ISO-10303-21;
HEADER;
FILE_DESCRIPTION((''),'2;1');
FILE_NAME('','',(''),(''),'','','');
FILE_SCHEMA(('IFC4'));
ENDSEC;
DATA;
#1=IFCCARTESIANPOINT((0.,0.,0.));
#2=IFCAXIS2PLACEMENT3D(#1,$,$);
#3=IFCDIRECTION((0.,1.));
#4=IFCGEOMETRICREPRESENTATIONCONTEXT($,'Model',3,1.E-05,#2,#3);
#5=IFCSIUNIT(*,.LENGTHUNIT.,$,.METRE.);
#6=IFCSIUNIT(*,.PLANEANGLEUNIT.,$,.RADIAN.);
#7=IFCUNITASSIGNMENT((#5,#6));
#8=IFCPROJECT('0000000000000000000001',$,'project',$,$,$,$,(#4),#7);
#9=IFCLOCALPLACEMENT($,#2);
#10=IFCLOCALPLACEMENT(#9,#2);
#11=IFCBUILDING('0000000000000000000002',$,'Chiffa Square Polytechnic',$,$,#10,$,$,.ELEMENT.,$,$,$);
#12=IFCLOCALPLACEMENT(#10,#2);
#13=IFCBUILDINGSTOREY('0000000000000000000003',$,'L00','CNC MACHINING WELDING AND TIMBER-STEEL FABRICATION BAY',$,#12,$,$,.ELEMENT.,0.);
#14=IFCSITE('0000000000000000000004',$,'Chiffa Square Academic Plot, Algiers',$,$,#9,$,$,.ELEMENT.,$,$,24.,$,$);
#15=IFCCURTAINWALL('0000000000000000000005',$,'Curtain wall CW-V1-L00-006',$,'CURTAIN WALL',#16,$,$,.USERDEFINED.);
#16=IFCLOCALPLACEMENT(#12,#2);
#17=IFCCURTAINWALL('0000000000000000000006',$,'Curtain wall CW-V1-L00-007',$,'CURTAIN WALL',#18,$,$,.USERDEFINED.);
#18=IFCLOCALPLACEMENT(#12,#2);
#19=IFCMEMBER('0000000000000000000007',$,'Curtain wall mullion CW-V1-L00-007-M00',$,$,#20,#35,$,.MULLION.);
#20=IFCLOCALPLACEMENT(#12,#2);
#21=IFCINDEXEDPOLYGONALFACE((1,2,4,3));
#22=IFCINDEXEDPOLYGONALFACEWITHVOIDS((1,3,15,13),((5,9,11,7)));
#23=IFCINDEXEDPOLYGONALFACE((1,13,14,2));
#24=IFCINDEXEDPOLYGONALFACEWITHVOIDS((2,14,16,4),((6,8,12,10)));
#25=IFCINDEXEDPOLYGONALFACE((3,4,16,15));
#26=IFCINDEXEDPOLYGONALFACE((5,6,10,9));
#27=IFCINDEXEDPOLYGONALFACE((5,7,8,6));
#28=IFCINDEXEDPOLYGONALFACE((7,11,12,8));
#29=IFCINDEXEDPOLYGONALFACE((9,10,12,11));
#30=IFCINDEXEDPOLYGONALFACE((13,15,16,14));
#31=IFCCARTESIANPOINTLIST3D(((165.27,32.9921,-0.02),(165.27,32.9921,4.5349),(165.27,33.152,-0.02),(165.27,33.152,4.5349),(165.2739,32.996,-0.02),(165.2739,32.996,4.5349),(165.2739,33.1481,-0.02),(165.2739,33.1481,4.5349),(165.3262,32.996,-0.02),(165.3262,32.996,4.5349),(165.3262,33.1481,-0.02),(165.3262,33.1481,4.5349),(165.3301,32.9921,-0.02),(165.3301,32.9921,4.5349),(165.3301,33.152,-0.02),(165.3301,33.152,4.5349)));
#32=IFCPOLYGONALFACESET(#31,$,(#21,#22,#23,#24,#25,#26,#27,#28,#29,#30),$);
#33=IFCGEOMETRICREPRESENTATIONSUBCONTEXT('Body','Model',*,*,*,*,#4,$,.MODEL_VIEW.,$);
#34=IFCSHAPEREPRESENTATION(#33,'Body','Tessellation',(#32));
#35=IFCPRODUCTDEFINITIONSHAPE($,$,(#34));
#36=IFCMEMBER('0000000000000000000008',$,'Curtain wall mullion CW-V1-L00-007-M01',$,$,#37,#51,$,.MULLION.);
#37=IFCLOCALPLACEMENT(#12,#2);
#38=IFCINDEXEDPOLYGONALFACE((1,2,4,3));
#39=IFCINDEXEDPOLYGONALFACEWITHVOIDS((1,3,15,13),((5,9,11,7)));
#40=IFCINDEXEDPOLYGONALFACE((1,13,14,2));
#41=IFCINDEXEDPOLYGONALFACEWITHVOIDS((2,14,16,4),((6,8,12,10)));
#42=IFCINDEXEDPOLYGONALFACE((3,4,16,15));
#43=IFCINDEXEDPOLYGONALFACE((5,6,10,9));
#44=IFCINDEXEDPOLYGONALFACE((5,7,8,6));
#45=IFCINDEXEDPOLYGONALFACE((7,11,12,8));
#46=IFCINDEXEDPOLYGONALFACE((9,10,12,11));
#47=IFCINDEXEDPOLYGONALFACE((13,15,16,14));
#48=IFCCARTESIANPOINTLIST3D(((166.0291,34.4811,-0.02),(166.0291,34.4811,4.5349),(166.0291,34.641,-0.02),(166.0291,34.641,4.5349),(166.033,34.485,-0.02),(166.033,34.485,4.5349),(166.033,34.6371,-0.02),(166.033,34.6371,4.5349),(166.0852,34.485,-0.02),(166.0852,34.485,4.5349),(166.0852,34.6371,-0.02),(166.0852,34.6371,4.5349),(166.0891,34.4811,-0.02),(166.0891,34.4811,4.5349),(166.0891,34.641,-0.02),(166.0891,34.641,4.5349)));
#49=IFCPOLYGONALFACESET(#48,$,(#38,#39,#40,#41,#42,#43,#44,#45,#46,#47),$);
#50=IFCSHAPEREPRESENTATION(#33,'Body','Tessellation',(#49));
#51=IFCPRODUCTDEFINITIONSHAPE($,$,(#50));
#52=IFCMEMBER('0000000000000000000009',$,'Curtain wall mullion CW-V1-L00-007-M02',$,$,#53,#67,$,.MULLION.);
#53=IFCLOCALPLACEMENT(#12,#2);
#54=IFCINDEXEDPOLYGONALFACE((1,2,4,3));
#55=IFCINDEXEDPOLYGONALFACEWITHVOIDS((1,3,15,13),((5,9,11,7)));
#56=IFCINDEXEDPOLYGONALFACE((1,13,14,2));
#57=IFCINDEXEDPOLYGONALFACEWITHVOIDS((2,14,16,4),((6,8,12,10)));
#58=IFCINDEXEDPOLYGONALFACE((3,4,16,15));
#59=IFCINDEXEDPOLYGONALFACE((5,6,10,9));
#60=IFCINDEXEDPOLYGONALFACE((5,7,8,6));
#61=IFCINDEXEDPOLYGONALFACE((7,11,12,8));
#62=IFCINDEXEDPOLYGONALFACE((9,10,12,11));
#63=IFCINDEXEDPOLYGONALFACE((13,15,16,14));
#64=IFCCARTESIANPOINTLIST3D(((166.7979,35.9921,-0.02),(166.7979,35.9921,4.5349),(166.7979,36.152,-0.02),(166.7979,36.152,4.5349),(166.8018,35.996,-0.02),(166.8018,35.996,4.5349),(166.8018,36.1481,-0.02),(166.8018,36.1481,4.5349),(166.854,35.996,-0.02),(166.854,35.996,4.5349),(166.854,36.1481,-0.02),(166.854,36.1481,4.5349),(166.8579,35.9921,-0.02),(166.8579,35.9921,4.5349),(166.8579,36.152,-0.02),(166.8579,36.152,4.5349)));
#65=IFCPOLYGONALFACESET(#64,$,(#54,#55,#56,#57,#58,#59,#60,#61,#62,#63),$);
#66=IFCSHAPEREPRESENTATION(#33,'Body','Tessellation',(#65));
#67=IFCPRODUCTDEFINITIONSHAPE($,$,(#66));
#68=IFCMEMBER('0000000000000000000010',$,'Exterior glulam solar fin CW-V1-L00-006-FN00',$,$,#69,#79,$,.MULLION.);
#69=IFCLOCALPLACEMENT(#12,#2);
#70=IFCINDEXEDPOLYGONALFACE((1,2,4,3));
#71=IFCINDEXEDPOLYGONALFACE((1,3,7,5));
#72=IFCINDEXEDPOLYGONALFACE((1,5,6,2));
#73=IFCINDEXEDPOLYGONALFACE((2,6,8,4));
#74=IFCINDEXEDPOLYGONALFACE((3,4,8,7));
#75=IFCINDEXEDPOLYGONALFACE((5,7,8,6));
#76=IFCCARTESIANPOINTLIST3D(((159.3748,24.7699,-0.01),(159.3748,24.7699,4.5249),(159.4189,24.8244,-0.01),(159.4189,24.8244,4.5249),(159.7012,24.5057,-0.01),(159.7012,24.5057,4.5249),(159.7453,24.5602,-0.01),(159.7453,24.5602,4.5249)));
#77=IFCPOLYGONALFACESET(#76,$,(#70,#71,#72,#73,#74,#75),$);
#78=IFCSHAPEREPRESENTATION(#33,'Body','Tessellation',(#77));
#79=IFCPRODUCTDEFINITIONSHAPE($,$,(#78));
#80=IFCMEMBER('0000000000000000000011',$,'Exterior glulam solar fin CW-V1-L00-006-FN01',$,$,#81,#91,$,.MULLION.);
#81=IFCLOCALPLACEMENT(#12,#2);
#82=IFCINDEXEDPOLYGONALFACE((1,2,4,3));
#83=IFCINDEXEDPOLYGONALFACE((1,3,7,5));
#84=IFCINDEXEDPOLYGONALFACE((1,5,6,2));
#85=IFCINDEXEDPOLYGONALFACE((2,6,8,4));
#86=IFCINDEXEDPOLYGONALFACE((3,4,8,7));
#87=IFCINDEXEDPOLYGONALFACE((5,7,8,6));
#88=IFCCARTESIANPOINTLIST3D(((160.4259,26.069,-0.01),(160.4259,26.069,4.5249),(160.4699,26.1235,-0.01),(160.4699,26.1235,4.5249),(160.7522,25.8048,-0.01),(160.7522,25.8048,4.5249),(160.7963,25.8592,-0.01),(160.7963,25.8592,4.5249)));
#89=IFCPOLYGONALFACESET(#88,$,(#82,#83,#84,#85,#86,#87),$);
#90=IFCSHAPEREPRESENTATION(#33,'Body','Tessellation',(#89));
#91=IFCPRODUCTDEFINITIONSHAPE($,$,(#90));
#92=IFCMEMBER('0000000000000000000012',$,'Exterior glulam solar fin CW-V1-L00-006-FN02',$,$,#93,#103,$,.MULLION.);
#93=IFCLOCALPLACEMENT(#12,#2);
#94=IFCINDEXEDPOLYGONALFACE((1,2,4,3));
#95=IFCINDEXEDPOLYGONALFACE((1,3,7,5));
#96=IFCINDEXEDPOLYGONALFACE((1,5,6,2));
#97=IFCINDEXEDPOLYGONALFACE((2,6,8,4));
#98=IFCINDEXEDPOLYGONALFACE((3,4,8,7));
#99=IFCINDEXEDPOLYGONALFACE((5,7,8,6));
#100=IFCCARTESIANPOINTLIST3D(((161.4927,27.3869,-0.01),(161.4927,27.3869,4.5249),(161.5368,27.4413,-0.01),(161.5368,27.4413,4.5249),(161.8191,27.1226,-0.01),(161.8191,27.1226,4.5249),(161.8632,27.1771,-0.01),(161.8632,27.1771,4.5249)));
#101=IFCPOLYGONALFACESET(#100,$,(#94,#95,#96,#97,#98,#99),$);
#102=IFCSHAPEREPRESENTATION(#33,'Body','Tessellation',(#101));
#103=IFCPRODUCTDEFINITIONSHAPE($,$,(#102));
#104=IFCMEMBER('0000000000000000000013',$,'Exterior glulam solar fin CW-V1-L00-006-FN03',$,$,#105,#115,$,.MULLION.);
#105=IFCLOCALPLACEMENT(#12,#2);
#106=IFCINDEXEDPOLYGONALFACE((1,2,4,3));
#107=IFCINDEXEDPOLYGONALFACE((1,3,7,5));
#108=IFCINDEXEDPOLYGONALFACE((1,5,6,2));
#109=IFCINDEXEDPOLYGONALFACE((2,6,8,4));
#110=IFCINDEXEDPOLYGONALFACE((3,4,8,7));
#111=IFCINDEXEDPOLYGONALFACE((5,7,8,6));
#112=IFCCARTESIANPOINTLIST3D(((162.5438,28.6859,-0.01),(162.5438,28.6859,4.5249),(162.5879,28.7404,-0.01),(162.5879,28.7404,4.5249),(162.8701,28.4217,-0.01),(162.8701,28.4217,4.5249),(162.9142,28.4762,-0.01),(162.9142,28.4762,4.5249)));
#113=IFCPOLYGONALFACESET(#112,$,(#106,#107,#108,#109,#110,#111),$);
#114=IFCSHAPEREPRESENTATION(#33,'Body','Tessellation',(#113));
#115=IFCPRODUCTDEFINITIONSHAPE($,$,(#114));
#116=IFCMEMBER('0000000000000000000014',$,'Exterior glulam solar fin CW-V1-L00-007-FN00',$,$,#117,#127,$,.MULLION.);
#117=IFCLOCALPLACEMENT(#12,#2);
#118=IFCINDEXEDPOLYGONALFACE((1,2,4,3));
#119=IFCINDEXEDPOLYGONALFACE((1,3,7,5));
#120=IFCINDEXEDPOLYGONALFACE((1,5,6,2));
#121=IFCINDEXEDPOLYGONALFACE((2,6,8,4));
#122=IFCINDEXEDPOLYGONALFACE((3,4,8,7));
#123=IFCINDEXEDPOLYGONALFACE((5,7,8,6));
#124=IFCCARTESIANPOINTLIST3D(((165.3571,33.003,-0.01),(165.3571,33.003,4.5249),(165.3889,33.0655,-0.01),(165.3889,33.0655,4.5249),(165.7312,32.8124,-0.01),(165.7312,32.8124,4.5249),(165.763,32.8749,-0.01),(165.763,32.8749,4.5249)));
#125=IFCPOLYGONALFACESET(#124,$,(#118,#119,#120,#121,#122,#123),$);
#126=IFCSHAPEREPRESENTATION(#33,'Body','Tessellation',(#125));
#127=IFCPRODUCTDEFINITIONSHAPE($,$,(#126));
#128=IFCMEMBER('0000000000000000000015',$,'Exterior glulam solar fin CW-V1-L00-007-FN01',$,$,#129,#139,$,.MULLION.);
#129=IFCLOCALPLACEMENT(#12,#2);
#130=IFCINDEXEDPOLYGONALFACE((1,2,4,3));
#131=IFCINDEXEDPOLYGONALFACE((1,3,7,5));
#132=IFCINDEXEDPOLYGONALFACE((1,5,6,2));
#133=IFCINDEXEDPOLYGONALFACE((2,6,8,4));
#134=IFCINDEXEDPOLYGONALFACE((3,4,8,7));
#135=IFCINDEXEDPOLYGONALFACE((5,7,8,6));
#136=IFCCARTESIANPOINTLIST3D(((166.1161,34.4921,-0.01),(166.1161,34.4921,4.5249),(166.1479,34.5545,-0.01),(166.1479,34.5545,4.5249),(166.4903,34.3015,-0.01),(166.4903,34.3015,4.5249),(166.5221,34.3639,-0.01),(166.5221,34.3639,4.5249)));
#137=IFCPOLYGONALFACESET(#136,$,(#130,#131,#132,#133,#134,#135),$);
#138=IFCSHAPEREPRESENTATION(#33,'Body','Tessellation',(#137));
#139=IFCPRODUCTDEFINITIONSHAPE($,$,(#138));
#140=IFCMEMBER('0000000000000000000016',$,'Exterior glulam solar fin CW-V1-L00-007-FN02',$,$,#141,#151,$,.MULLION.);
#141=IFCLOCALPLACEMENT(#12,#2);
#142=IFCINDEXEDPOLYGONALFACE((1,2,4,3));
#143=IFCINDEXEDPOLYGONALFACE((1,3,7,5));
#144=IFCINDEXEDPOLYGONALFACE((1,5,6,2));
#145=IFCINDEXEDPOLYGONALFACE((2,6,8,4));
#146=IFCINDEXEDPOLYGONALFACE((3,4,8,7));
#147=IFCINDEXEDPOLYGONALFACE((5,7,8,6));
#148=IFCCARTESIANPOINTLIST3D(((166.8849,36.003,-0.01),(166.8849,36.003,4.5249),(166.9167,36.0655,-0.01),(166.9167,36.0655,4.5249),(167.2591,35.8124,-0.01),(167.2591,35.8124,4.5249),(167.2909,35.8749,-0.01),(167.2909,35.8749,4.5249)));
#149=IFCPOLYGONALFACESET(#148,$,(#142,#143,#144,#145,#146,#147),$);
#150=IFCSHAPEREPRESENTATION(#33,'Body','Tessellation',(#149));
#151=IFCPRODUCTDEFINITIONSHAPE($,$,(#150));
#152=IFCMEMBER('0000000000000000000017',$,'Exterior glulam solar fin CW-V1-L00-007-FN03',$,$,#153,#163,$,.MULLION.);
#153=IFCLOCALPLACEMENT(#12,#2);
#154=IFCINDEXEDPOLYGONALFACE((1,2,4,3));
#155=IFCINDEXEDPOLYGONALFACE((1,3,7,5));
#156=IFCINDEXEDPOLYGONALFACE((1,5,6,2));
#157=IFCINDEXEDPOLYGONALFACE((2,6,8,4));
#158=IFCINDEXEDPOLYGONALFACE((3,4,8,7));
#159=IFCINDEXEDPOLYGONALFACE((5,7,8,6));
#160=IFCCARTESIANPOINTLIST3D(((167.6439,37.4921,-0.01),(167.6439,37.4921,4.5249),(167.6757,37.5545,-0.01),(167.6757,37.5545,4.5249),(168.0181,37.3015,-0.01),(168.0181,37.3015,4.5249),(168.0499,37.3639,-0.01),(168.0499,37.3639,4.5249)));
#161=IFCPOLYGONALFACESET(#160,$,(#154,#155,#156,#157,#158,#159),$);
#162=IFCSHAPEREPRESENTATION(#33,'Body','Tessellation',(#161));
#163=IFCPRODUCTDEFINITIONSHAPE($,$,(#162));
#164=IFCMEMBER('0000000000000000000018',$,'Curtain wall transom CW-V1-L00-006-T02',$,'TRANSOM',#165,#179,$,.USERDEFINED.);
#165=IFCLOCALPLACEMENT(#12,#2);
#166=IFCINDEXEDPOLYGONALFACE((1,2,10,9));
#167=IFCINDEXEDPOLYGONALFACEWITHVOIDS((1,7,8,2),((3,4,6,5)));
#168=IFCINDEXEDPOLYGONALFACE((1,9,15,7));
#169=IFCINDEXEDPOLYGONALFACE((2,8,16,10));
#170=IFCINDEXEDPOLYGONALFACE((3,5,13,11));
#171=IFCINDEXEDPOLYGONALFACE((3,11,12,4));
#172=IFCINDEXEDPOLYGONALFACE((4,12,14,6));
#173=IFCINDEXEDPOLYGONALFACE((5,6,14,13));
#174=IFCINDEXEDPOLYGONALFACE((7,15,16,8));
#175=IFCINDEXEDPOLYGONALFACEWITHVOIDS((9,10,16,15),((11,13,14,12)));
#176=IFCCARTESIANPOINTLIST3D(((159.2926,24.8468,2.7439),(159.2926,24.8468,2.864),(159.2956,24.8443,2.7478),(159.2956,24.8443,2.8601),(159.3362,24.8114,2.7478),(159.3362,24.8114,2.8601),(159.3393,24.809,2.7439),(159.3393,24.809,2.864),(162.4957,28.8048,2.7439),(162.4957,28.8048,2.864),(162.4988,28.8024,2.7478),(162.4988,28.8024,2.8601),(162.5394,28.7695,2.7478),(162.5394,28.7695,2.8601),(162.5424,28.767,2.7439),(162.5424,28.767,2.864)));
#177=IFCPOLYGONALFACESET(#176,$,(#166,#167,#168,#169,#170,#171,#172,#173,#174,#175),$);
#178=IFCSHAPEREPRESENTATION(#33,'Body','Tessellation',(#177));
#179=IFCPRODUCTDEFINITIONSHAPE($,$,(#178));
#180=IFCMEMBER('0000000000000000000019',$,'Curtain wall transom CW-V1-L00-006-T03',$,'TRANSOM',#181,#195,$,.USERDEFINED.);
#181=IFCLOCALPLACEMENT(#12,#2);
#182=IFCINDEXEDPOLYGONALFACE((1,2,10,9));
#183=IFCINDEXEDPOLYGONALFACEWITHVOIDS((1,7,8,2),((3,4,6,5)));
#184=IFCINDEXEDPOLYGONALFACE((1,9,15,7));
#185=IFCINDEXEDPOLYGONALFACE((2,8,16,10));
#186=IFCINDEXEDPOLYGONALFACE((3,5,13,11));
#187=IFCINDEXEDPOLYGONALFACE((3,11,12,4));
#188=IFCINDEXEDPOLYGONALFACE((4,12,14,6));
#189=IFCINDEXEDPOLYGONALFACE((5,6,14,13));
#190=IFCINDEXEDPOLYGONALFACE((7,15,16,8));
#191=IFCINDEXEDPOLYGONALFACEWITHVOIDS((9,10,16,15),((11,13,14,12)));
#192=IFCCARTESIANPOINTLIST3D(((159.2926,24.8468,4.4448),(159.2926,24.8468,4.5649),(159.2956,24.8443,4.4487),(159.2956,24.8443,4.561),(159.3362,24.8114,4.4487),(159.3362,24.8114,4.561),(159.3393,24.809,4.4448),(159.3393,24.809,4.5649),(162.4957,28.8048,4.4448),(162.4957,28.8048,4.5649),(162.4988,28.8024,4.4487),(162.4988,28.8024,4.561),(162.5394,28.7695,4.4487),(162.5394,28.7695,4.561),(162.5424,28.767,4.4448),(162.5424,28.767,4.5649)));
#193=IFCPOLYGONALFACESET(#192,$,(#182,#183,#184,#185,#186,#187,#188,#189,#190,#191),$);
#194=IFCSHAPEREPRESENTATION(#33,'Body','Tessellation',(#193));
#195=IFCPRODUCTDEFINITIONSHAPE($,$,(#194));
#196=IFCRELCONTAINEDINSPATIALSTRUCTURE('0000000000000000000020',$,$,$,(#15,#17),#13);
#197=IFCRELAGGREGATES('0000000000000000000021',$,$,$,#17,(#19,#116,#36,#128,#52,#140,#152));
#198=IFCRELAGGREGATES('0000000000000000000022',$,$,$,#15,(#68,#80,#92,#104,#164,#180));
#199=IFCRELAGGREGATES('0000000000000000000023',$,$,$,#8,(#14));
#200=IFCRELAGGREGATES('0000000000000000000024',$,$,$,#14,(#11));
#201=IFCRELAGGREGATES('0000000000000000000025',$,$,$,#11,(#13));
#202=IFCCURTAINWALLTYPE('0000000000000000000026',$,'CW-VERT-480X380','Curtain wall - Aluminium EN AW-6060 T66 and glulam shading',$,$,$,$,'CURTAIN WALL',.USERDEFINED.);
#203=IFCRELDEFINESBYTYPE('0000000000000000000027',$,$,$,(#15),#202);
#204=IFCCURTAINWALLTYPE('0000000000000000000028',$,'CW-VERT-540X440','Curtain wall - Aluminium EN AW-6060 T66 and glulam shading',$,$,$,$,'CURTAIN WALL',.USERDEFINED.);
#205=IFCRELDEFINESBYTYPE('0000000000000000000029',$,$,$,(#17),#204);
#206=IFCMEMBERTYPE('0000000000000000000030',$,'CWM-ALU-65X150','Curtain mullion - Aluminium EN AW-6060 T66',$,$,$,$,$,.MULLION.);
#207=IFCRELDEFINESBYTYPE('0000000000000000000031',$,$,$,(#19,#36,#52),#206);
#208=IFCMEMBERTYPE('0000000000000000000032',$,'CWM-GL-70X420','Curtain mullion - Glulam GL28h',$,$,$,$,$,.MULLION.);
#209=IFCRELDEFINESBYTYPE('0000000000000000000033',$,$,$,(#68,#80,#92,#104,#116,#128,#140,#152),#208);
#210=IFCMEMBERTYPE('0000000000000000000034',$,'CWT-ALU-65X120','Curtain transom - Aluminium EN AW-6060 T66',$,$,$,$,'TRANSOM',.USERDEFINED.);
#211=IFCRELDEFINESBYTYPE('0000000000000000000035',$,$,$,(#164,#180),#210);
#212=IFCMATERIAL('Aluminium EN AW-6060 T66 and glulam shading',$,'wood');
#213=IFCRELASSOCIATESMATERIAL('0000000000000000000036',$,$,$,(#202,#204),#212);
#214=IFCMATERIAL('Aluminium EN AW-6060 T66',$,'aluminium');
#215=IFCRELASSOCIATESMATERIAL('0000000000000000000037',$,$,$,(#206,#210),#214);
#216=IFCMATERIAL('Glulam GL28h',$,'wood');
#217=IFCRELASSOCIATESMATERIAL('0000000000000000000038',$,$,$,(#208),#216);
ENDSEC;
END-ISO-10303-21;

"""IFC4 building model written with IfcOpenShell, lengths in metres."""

from ifc_helpers import new_model, si_unit, direction, frame, origin, origin_2d, place, context, subcontext, project, spatial, rectangle, hollow_rectangle, extrude, material, material_profile, profile_set, type_object, element, aggregate, save


model = new_model("IFC4")

# Units and contexts
model_context = context("Model", 3, precision=1e-05, world=origin(), true_north=direction((0.0, 1.0)))
body_context = subcontext(model_context, "Body", "Model", "MODEL_VIEW")
ifc_project = project(units=[si_unit("LENGTHUNIT", "METRE"), si_unit("PLANEANGLEUNIT", "RADIAN")], contexts=[model_context])

# Site, building, storey
site_placement = place(None, origin())
site = spatial("IfcSite", under=ifc_project, at=site_placement, Name="Chiffa Square Academic Plot, Algiers", CompositionType="ELEMENT", RefElevation=24.0)
building_placement = place(site_placement, origin())
building = spatial("IfcBuilding", under=site, at=building_placement, Name="Chiffa Square Polytechnic", CompositionType="ELEMENT")
storey_placement = place(building_placement, origin())
storey = spatial("IfcBuildingStorey", under=building, at=storey_placement, Name="L00", Description="CNC MACHINING WELDING AND TIMBER-STEEL FABRICATION BAY", CompositionType="ELEMENT", Elevation=0.0)

# Curtain walls, members
ifc_material_1 = material(Name="Aluminium EN AW-6060 T66 and glulam shading", Category="wood")
curtain_wall_type_1 = type_object("IfcCurtainWallType", Name="CW-VERT-480X380", Description="Curtain wall - Aluminium EN AW-6060 T66 and glulam shading", ElementType="CURTAIN WALL", PredefinedType="USERDEFINED", material=ifc_material_1)
curtain_wall_1_placement = place(storey_placement, origin())
curtain_wall_1 = element("IfcCurtainWall", 1, at=curtain_wall_1_placement, inside=storey, type_object=curtain_wall_type_1, Name="Curtain wall CW-V1-L00-006", ObjectType="CURTAIN WALL", PredefinedType="USERDEFINED")
ifc_material_2 = material(Name="Aluminium EN AW-6060 T66", Category="aluminium")
ifc_material_profile_1 = material_profile(ifc_material_2, hollow_rectangle(XDim=0.0601, YDim=0.1599, WallThickness=0.0039, at=origin_2d()), Name="ALU 60x160x4")
ifc_profile_set_1 = profile_set([ifc_material_profile_1], Name="Aluminium EN AW-6060 T66")
member_type_1 = type_object("IfcMemberType", Name="CWM-ALU-65X150", Description="Curtain mullion - Aluminium EN AW-6060 T66", PredefinedType="MULLION", material=ifc_profile_set_1)
curtain_wall_type_2 = type_object("IfcCurtainWallType", Name="CW-VERT-540X440", Description="Curtain wall - Aluminium EN AW-6060 T66 and glulam shading", ElementType="CURTAIN WALL", PredefinedType="USERDEFINED", material=ifc_material_1)
curtain_wall_2_placement = place(storey_placement, origin())
curtain_wall_2 = element("IfcCurtainWall", 2, at=curtain_wall_2_placement, inside=storey, type_object=curtain_wall_type_2, Name="Curtain wall CW-V1-L00-007", ObjectType="CURTAIN WALL", PredefinedType="USERDEFINED")
member_1_placement = place(storey_placement, frame((165.3, 33.072, -0.02), z_axis=(0.0, 0.0, 1.0), x_axis=(1.0, 0.0, 0.0)))
member_1 = element("IfcMember", 3, at=member_1_placement, type_object=member_type_1, Name="Curtain wall mullion CW-V1-L00-007-M00", PredefinedType="MULLION", context=body_context, shape_type="SweptSolid", body=[
    extrude(hollow_rectangle(XDim=0.0601, YDim=0.1599, WallThickness=0.0039, at=origin_2d()), origin(), (0.0, 0.0, 1.0), 4.5549),
])
member_2_placement = place(storey_placement, frame((166.0591, 34.561, -0.02), z_axis=(0.0, 0.0, 1.0), x_axis=(1.0, 0.0, 0.0)))
member_2 = element("IfcMember", 4, at=member_2_placement, type_object=member_type_1, Name="Curtain wall mullion CW-V1-L00-007-M01", PredefinedType="MULLION", context=body_context, shape_type="SweptSolid", body=[
    extrude(hollow_rectangle(XDim=0.0601, YDim=0.1599, WallThickness=0.0039, at=origin_2d()), origin(), (0.0, 0.0, 1.0), 4.5549),
])
member_3_placement = place(storey_placement, frame((166.8279, 36.072, -0.02), z_axis=(0.0, 0.0, 1.0), x_axis=(1.0, 0.0, 0.0)))
member_3 = element("IfcMember", 5, at=member_3_placement, type_object=member_type_1, Name="Curtain wall mullion CW-V1-L00-007-M02", PredefinedType="MULLION", context=body_context, shape_type="SweptSolid", body=[
    extrude(hollow_rectangle(XDim=0.0601, YDim=0.1599, WallThickness=0.0039, at=origin_2d()), origin(), (0.0, 0.0, 1.0), 4.5549),
])

# Members
ifc_material_3 = material(Name="Glulam GL28h", Category="wood")
ifc_material_profile_2 = material_profile(ifc_material_3, rectangle(XDim=0.0701, YDim=0.4199, at=origin_2d()), Name="GL28h 70x420")
ifc_profile_set_2 = profile_set([ifc_material_profile_2], Name="Glulam GL28h")
member_type_2 = type_object("IfcMemberType", Name="CWM-GL-70X420", Description="Curtain mullion - Glulam GL28h", PredefinedType="MULLION", material=ifc_profile_set_2)
member_4_placement = place(storey_placement, frame((159.5601, 24.665, -0.01), z_axis=(0.0, 0.0, 1.0), x_axis=(0.629212, 0.777234, 0.0)))
member_4 = element("IfcMember", 6, at=member_4_placement, type_object=member_type_2, Name="Exterior glulam solar fin CW-V1-L00-006-FN00", PredefinedType="MULLION", context=body_context, shape_type="SweptSolid", body=[
    extrude(rectangle(XDim=0.0701, YDim=0.4199, at=origin_2d()), origin(), (0.0, 0.0, 1.0), 4.5349),
])
member_5_placement = place(storey_placement, frame((160.6111, 25.9641, -0.01), z_axis=(0.0, 0.0, 1.0), x_axis=(0.629212, 0.777234, 0.0)))
member_5 = element("IfcMember", 7, at=member_5_placement, type_object=member_type_2, Name="Exterior glulam solar fin CW-V1-L00-006-FN01", PredefinedType="MULLION", context=body_context, shape_type="SweptSolid", body=[
    extrude(rectangle(XDim=0.0701, YDim=0.4199, at=origin_2d()), origin(), (0.0, 0.0, 1.0), 4.5349),
])
member_6_placement = place(storey_placement, frame((161.678, 27.282, -0.01), z_axis=(0.0, 0.0, 1.0), x_axis=(0.629212, 0.777234, 0.0)))
member_6 = element("IfcMember", 8, at=member_6_placement, type_object=member_type_2, Name="Exterior glulam solar fin CW-V1-L00-006-FN02", PredefinedType="MULLION", context=body_context, shape_type="SweptSolid", body=[
    extrude(rectangle(XDim=0.0701, YDim=0.4199, at=origin_2d()), origin(), (0.0, 0.0, 1.0), 4.5349),
])
member_7_placement = place(storey_placement, frame((162.729, 28.5811, -0.01), z_axis=(0.0, 0.0, 1.0), x_axis=(0.629212, 0.777234, 0.0)))
member_7 = element("IfcMember", 9, at=member_7_placement, type_object=member_type_2, Name="Exterior glulam solar fin CW-V1-L00-006-FN03", PredefinedType="MULLION", context=body_context, shape_type="SweptSolid", body=[
    extrude(rectangle(XDim=0.0701, YDim=0.4199, at=origin_2d()), origin(), (0.0, 0.0, 1.0), 4.5349),
])
member_8_placement = place(storey_placement, frame((165.5601, 32.939, -0.01), z_axis=(0.0, 0.0, 1.0), x_axis=(0.453882, 0.891062, 0.0)))
member_8 = element("IfcMember", 10, at=member_8_placement, type_object=member_type_2, Name="Exterior glulam solar fin CW-V1-L00-007-FN00", PredefinedType="MULLION", context=body_context, shape_type="SweptSolid", body=[
    extrude(rectangle(XDim=0.0701, YDim=0.4199, at=origin_2d()), origin(), (0.0, 0.0, 1.0), 4.5349),
])
member_9_placement = place(storey_placement, frame((166.3191, 34.428, -0.01), z_axis=(0.0, 0.0, 1.0), x_axis=(0.453882, 0.891062, 0.0)))
member_9 = element("IfcMember", 11, at=member_9_placement, type_object=member_type_2, Name="Exterior glulam solar fin CW-V1-L00-007-FN01", PredefinedType="MULLION", context=body_context, shape_type="SweptSolid", body=[
    extrude(rectangle(XDim=0.0701, YDim=0.4199, at=origin_2d()), origin(), (0.0, 0.0, 1.0), 4.5349),
])
member_10_placement = place(storey_placement, frame((167.0879, 35.939, -0.01), z_axis=(0.0, 0.0, 1.0), x_axis=(0.453882, 0.891062, 0.0)))
member_10 = element("IfcMember", 12, at=member_10_placement, type_object=member_type_2, Name="Exterior glulam solar fin CW-V1-L00-007-FN02", PredefinedType="MULLION", context=body_context, shape_type="SweptSolid", body=[
    extrude(rectangle(XDim=0.0701, YDim=0.4199, at=origin_2d()), origin(), (0.0, 0.0, 1.0), 4.5349),
])
member_11_placement = place(storey_placement, frame((167.8469, 37.428, -0.01), z_axis=(0.0, 0.0, 1.0), x_axis=(0.453882, 0.891062, 0.0)))
member_11 = element("IfcMember", 13, at=member_11_placement, type_object=member_type_2, Name="Exterior glulam solar fin CW-V1-L00-007-FN03", PredefinedType="MULLION", context=body_context, shape_type="SweptSolid", body=[
    extrude(rectangle(XDim=0.0701, YDim=0.4199, at=origin_2d()), origin(), (0.0, 0.0, 1.0), 4.5349),
])
ifc_material_profile_3 = material_profile(ifc_material_2, hollow_rectangle(XDim=0.0601, YDim=0.1201, WallThickness=0.0039, at=origin_2d()), Name="ALU 60x120x4")
ifc_profile_set_3 = profile_set([ifc_material_profile_3], Name="Aluminium EN AW-6060 T66")
member_type_3 = type_object("IfcMemberType", Name="CWT-ALU-65X120", Description="Curtain transom - Aluminium EN AW-6060 T66", ElementType="TRANSOM", PredefinedType="USERDEFINED", material=ifc_profile_set_3)
member_12_placement = place(storey_placement, frame((159.3159, 24.8279, 2.804), z_axis=(0.629082, 0.777339, 0.0), x_axis=(-0.777339, 0.629082, 0.0)))
member_12 = element("IfcMember", 14, at=member_12_placement, type_object=member_type_3, Name="Curtain wall transom CW-V1-L00-006-T02", ObjectType="TRANSOM", PredefinedType="USERDEFINED", context=body_context, shape_type="SweptSolid", body=[
    extrude(hollow_rectangle(XDim=0.0601, YDim=0.1201, WallThickness=0.0039, at=origin_2d()), origin(), (0.0, 0.0, 1.0), 5.0918),
])
member_13_placement = place(storey_placement, frame((159.3159, 24.8279, 4.5049), z_axis=(0.629082, 0.777339, 0.0), x_axis=(-0.777339, 0.629082, 0.0)))
member_13 = element("IfcMember", 15, at=member_13_placement, type_object=member_type_3, Name="Curtain wall transom CW-V1-L00-006-T03", ObjectType="TRANSOM", PredefinedType="USERDEFINED", context=body_context, shape_type="SweptSolid", body=[
    extrude(hollow_rectangle(XDim=0.0601, YDim=0.1201, WallThickness=0.0039, at=origin_2d()), origin(), (0.0, 0.0, 1.0), 5.0918),
])

aggregate(curtain_wall_2, [member_1, member_8, member_2, member_9, member_3, member_10, member_11])
aggregate(curtain_wall_1, [member_4, member_5, member_6, member_7, member_12, member_13])

save(model, "model.ifc")
